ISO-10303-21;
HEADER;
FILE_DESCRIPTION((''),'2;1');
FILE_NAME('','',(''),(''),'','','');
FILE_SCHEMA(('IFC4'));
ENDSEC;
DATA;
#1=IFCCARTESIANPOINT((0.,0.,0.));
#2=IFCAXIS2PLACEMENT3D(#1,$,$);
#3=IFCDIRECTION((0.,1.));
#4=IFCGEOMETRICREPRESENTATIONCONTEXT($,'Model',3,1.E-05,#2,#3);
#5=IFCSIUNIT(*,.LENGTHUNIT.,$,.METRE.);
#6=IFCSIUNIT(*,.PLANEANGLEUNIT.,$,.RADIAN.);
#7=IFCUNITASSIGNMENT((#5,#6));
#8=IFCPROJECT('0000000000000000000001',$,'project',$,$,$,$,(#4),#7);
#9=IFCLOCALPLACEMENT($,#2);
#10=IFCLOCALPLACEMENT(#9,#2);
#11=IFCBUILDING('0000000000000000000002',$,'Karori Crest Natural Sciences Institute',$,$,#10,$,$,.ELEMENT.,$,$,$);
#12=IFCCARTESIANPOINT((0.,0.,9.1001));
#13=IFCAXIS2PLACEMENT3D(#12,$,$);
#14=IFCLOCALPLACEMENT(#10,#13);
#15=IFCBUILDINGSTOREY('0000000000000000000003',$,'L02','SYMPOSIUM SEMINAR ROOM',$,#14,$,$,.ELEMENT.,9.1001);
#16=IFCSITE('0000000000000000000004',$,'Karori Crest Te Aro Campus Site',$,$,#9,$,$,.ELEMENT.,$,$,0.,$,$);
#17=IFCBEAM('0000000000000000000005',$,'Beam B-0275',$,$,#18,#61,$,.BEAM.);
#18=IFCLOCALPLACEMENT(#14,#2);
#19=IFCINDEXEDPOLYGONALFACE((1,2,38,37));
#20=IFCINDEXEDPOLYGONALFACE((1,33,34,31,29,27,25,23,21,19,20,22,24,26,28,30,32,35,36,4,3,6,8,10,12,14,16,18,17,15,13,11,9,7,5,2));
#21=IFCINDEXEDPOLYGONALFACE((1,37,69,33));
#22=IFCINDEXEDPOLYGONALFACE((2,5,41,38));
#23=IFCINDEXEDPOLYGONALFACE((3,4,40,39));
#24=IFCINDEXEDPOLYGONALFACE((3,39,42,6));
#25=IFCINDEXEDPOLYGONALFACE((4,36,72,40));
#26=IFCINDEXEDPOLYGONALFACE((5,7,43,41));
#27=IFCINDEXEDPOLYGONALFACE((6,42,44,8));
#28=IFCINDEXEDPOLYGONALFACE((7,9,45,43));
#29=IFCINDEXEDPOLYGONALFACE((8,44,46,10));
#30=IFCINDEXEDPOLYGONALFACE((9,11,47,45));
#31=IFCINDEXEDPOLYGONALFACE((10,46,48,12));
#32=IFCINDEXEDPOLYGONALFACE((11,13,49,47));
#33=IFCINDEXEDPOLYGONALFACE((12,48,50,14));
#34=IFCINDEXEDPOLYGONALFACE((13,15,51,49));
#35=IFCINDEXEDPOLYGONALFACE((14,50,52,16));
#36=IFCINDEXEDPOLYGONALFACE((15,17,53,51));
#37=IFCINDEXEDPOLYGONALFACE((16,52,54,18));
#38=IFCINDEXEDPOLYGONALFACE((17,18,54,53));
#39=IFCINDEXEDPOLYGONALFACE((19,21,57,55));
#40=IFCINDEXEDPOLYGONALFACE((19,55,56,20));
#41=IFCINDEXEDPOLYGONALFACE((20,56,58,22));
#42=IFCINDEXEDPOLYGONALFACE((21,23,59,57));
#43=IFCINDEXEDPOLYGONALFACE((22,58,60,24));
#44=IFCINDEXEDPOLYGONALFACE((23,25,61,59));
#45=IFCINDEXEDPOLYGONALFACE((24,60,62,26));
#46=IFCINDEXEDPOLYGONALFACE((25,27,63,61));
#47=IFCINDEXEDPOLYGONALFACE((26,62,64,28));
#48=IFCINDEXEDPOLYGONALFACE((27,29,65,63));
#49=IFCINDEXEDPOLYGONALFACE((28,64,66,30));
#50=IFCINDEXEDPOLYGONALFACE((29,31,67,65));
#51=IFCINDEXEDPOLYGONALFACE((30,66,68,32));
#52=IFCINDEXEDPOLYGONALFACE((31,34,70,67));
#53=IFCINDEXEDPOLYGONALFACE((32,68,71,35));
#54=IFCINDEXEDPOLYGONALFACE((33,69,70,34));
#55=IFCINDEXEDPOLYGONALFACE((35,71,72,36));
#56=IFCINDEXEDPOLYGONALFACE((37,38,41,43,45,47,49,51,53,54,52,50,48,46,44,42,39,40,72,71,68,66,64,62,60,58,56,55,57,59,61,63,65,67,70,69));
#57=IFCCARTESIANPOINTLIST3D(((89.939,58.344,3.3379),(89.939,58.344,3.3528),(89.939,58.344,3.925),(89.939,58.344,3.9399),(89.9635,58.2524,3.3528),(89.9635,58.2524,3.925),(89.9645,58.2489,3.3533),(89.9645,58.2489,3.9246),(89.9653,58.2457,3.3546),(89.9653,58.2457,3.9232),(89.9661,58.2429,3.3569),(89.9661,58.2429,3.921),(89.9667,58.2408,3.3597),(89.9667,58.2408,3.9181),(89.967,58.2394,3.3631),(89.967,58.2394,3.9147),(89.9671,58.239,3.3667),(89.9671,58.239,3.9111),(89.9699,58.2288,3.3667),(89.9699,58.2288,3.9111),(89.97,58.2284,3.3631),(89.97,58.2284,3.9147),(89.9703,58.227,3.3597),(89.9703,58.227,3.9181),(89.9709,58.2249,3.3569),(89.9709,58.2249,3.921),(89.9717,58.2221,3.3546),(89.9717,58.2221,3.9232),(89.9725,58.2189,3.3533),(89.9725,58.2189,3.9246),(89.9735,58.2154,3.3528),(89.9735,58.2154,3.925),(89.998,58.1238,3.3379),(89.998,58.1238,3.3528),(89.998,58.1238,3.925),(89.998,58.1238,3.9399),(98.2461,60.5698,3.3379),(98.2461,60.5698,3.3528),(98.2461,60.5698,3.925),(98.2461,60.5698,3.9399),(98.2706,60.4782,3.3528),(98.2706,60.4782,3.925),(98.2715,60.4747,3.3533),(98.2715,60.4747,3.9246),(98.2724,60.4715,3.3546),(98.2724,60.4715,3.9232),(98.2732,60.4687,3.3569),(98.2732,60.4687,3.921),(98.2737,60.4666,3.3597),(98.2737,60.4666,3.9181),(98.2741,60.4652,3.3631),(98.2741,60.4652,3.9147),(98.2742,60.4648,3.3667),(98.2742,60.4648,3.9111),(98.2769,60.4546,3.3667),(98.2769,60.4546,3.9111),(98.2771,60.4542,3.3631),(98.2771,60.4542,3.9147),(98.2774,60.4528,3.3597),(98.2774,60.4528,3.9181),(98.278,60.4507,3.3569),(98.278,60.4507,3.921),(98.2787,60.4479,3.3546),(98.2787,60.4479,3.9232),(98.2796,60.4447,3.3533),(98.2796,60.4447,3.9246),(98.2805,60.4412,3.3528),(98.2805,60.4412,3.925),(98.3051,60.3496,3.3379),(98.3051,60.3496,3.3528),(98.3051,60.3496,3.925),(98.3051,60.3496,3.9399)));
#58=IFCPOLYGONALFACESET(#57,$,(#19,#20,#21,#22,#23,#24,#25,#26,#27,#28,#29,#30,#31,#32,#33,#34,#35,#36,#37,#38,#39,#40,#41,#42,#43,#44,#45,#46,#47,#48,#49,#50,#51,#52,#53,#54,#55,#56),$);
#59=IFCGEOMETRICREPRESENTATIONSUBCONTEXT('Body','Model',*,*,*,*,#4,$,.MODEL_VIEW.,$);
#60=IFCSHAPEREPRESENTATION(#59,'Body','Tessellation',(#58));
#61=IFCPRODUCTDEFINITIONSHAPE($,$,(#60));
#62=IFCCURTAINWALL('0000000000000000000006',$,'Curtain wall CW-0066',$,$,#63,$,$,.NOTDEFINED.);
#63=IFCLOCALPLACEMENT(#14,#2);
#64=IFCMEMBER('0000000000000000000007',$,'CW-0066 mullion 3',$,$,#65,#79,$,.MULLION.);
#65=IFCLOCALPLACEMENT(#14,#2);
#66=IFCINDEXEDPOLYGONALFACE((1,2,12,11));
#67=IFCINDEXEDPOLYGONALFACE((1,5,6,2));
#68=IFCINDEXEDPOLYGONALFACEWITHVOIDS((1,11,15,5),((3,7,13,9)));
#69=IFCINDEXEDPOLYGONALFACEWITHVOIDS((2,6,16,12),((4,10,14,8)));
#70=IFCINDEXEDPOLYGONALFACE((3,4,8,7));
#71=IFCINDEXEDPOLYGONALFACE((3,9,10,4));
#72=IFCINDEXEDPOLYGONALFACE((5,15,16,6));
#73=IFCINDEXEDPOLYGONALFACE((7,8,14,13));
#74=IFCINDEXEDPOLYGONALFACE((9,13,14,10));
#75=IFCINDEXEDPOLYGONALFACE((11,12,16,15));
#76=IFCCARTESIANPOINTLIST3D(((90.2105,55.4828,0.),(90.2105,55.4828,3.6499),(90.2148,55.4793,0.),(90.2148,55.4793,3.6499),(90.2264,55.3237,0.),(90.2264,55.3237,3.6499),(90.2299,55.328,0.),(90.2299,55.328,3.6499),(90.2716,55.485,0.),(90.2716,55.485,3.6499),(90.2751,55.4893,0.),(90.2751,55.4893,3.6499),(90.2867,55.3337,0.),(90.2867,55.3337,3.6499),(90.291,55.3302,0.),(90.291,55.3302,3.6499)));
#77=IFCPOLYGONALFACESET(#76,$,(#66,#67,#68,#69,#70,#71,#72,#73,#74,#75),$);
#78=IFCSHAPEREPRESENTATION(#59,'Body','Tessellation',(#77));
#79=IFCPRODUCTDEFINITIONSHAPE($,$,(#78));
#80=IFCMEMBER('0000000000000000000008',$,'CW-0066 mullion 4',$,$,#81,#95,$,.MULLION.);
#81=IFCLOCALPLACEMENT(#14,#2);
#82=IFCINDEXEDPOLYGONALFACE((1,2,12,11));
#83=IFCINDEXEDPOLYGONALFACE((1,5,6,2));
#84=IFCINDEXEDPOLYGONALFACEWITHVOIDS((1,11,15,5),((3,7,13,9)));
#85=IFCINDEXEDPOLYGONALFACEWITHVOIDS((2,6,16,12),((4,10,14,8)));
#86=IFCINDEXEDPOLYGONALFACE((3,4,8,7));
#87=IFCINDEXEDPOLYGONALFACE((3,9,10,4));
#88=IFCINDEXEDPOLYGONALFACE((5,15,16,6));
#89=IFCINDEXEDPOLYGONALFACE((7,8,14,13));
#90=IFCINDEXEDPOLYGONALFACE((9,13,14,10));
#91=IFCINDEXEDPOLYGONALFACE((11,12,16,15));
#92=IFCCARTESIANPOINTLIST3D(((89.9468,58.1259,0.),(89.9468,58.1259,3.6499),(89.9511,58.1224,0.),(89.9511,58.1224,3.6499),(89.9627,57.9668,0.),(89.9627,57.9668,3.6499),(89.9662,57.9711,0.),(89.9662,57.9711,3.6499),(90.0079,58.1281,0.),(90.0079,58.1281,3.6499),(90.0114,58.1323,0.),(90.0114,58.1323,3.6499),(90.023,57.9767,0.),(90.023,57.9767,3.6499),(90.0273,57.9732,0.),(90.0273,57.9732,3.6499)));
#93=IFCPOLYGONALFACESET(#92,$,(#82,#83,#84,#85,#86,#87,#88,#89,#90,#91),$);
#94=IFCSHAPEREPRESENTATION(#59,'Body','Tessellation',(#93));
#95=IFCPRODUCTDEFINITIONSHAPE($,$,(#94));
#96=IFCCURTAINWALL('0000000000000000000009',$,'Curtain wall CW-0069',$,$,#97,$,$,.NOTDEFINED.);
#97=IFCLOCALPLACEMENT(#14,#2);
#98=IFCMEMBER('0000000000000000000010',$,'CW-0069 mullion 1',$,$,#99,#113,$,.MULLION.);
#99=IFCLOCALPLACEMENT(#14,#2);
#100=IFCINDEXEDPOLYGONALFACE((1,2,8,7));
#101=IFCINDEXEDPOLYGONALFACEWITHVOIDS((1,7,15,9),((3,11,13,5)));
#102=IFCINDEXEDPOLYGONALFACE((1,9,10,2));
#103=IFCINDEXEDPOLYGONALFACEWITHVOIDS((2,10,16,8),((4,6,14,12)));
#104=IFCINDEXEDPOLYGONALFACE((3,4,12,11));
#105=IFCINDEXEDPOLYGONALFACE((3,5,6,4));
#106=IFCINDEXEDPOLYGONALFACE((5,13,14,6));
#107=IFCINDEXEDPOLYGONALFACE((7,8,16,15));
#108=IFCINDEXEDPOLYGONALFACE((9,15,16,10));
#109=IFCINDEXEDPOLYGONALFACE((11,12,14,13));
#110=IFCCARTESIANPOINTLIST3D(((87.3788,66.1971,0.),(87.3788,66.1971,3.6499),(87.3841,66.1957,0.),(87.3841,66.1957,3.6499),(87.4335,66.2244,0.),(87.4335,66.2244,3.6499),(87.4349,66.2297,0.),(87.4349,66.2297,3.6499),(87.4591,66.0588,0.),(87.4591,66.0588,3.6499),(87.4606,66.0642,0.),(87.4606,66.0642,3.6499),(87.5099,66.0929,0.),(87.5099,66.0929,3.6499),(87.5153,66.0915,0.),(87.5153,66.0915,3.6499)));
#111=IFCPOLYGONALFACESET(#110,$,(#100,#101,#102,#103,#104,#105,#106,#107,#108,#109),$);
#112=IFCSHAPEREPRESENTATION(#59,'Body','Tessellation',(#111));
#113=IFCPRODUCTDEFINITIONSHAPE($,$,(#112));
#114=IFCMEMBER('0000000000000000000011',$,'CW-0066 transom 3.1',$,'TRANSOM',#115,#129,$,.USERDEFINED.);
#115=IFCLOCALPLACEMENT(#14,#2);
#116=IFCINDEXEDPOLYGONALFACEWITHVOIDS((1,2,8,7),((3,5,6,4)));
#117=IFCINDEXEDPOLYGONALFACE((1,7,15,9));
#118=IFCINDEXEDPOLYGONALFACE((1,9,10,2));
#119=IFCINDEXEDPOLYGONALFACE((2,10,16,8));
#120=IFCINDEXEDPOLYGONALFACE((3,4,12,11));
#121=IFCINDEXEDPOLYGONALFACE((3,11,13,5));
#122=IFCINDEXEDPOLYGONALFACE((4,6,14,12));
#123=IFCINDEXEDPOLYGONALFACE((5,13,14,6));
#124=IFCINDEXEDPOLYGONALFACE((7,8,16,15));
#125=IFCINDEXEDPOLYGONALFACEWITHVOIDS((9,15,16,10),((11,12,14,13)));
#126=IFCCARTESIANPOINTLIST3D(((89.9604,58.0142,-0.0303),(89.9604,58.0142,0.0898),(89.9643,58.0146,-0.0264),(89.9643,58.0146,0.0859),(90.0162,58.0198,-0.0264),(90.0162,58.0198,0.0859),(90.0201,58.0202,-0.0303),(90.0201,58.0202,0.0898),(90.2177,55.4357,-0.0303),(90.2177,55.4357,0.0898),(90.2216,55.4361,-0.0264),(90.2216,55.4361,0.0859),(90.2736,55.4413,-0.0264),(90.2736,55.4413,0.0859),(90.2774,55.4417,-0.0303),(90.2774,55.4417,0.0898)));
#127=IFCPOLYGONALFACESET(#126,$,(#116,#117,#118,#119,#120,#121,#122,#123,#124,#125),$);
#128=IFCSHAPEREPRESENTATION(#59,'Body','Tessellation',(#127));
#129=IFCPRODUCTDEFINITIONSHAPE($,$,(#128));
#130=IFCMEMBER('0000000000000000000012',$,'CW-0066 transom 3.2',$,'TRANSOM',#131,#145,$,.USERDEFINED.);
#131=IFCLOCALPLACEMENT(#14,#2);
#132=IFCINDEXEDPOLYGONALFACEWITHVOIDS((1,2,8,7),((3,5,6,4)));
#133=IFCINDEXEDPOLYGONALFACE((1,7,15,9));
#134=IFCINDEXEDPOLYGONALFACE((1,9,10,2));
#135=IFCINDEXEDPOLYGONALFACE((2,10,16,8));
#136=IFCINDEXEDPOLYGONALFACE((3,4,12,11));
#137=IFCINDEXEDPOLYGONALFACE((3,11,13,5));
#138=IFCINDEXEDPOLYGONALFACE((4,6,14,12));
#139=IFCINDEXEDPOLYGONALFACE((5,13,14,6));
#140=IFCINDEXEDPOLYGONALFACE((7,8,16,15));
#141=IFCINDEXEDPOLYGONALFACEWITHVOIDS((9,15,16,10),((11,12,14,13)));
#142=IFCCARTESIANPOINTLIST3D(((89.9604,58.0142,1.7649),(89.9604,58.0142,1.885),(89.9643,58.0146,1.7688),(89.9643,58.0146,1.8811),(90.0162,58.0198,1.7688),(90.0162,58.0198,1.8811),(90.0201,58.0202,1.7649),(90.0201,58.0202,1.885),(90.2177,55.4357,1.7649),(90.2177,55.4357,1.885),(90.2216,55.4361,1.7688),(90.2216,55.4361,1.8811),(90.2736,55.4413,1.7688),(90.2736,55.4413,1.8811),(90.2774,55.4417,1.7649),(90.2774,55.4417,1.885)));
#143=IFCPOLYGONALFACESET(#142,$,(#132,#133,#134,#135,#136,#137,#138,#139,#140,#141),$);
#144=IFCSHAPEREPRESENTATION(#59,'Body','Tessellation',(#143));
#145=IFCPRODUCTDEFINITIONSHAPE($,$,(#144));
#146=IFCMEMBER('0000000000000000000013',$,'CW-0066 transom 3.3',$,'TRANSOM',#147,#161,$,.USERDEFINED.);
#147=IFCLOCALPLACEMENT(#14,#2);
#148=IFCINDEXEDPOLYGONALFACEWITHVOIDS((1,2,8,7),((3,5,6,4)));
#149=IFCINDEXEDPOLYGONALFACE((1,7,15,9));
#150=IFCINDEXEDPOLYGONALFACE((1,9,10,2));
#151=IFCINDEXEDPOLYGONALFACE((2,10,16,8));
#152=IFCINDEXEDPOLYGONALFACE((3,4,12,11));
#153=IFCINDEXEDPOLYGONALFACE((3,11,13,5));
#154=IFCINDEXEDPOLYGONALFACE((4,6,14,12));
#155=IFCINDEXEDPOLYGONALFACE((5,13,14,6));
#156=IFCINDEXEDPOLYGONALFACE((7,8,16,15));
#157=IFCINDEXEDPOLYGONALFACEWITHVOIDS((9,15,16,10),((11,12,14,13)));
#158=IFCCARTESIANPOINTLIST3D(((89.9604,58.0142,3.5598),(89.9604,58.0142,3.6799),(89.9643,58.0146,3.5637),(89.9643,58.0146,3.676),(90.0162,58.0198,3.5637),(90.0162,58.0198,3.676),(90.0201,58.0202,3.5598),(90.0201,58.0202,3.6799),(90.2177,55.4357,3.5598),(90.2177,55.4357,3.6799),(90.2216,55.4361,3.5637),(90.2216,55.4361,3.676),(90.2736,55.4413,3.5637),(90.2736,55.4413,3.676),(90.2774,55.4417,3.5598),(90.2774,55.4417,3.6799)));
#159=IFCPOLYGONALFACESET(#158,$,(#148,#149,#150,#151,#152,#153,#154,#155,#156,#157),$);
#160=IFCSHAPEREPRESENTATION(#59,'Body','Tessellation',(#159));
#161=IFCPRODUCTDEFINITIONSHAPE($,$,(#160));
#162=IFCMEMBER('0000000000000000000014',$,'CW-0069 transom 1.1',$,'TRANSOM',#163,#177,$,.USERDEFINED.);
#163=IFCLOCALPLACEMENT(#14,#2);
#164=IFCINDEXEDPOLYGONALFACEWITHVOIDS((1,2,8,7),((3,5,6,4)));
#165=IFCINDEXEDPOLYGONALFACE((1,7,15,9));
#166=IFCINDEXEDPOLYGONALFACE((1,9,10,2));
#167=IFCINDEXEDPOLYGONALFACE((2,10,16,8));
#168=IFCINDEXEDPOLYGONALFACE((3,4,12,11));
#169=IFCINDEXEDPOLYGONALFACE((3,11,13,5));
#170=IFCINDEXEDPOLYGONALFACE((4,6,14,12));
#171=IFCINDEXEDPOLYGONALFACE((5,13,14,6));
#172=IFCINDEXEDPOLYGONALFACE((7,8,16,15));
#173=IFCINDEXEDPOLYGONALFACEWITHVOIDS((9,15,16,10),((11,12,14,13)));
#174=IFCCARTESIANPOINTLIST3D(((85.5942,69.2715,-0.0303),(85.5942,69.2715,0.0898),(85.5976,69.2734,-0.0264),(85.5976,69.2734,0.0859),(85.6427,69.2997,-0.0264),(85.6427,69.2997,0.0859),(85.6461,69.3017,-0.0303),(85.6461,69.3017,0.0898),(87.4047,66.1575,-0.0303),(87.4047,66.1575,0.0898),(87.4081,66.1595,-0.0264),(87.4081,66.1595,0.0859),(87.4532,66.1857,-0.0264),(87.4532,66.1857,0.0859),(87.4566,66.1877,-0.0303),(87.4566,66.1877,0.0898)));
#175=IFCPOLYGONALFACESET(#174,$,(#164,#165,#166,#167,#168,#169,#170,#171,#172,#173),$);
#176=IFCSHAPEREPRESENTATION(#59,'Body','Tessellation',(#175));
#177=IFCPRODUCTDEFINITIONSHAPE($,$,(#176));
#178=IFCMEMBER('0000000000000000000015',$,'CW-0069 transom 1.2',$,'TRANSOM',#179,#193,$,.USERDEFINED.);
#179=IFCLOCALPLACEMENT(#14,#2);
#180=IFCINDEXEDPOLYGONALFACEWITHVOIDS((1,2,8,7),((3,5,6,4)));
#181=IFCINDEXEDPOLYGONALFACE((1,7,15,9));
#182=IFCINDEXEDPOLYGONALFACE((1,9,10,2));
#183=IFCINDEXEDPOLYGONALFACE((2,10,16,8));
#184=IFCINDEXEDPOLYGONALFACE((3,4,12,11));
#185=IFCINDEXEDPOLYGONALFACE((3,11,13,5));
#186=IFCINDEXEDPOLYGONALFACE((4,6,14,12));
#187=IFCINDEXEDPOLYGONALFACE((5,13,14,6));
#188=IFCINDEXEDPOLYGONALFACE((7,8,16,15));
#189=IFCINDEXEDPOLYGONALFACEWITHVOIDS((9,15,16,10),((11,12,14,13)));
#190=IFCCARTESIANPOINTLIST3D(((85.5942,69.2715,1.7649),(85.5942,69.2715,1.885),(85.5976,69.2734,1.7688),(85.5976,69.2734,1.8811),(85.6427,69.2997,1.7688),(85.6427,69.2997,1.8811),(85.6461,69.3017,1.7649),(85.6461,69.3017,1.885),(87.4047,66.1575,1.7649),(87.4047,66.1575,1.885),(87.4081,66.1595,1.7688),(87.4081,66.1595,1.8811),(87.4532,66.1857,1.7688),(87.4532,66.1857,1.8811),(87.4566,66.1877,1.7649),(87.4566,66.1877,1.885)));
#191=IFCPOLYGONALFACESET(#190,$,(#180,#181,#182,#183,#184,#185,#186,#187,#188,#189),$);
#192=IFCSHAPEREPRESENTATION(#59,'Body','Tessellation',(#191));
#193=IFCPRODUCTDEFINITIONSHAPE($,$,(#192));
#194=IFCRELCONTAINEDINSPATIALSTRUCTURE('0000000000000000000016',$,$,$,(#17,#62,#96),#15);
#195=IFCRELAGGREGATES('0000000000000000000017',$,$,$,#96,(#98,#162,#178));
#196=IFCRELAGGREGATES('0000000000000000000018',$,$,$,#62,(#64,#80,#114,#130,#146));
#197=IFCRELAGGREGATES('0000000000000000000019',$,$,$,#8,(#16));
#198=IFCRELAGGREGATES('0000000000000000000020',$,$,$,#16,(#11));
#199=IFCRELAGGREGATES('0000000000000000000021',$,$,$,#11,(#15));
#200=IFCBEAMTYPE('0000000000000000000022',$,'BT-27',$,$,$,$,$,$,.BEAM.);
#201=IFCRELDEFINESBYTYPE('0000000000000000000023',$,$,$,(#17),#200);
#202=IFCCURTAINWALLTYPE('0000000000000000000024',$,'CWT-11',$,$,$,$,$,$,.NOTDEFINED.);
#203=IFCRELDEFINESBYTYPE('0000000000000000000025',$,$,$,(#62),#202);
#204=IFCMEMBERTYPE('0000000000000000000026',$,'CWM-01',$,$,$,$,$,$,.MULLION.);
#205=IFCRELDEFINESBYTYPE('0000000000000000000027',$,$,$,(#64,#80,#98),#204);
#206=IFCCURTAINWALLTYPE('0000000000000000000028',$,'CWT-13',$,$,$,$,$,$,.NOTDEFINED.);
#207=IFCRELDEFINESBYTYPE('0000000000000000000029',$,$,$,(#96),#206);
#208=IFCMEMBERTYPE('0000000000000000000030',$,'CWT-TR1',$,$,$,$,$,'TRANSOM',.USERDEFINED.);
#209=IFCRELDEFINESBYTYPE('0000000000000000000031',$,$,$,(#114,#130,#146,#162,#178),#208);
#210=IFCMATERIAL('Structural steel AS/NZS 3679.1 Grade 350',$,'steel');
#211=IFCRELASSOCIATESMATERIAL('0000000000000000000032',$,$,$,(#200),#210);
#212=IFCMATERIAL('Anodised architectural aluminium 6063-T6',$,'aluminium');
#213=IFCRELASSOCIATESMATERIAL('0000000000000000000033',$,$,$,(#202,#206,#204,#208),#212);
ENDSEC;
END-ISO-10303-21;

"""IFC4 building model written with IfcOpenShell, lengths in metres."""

from ifc_helpers import new_model, si_unit, direction, frame, origin, origin_2d, place, context, subcontext, project, spatial, hollow_rectangle, i_section, extrude, material, material_profile, profile_set, type_object, element, aggregate, save


model = new_model("IFC4")

# Units and contexts
model_context = context("Model", 3, precision=1e-05, world=origin(), true_north=direction((0.0, 1.0)))
body_context = subcontext(model_context, "Body", "Model", "MODEL_VIEW")
ifc_project = project(units=[si_unit("LENGTHUNIT", "METRE"), si_unit("PLANEANGLEUNIT", "RADIAN")], contexts=[model_context])

# Site, building, storey
site_placement = place(None, origin())
site = spatial("IfcSite", under=ifc_project, at=site_placement, Name="Karori Crest Te Aro Campus Site", CompositionType="ELEMENT", RefElevation=0.0)
building_placement = place(site_placement, origin())
building = spatial("IfcBuilding", under=site, at=building_placement, Name="Karori Crest Natural Sciences Institute", CompositionType="ELEMENT")
storey_placement = place(building_placement, frame((0.0, 0.0, 9.1001)))
storey = spatial("IfcBuildingStorey", under=building, at=storey_placement, Name="L02", Description="SYMPOSIUM SEMINAR ROOM", CompositionType="ELEMENT", Elevation=9.1001)

# Shared definitions
ifc_material_1 = material(Name="Structural steel AS/NZS 3679.1 Grade 350", Category="steel")

# Beam
ifc_material_profile_1 = material_profile(ifc_material_1, i_section(OverallWidth=0.228, OverallDepth=0.6021, WebThickness=0.0105, FlangeThickness=0.0149, FilletRadius=0.0139, at=origin_2d()), Name="610UB101")
ifc_profile_set_1 = profile_set([ifc_material_profile_1], Name="Structural steel AS/NZS 3679.1 Grade 350")
beam_type_1 = type_object("IfcBeamType", Name="BT-27", PredefinedType="BEAM", material=ifc_profile_set_1)
beam_1_placement = place(storey_placement, frame((89.9685, 58.2339, 3.6389), z_axis=(0.965928, 0.258813, 0.0), x_axis=(-0.258813, 0.965928, 0.0)))
element("IfcBeam", 1, at=beam_1_placement, inside=storey, type_object=beam_type_1, Name="Beam B-0275", PredefinedType="BEAM", context=body_context, shape_type="SweptSolid", body=[
    extrude(i_section(OverallWidth=0.228, OverallDepth=0.6021, WebThickness=0.0105, FlangeThickness=0.0149, FilletRadius=0.0139, at=origin_2d()), origin(), (0.0, 0.0, 1.0), 8.6001),
])

# Curtain wall, members
ifc_material_2 = material(Name="Anodised architectural aluminium 6063-T6", Category="aluminium")
curtain_wall_type_1 = type_object("IfcCurtainWallType", Name="CWT-11", PredefinedType="NOTDEFINED", material=ifc_material_2)
curtain_wall_1_placement = place(storey_placement, origin())
curtain_wall_1 = element("IfcCurtainWall", 2, at=curtain_wall_1_placement, inside=storey, type_object=curtain_wall_type_1, Name="Curtain wall CW-0066", PredefinedType="NOTDEFINED")
ifc_material_profile_2 = material_profile(ifc_material_2, hollow_rectangle(XDim=0.0649, YDim=0.1599, WallThickness=0.0039, at=origin_2d()), Name="CWM160x65x4")
ifc_profile_set_2 = profile_set([ifc_material_profile_2], Name="Anodised architectural aluminium 6063-T6")
member_type_1 = type_object("IfcMemberType", Name="CWM-01", PredefinedType="MULLION", material=ifc_profile_set_2)
member_1_placement = place(storey_placement, frame((90.2507, 55.4065, 0.0), z_axis=(0.0, 0.0, 1.0), x_axis=(-0.995061, -0.099264, 0.0)))
member_1 = element("IfcMember", 3, at=member_1_placement, type_object=member_type_1, Name="CW-0066 mullion 3", PredefinedType="MULLION", context=body_context, shape_type="SweptSolid", body=[
    extrude(hollow_rectangle(XDim=0.0649, YDim=0.1599, WallThickness=0.0039, at=origin_2d()), origin(), (0.0, 0.0, 1.0), 3.6499),
])
member_2_placement = place(storey_placement, frame((89.9871, 58.0496, 0.0), z_axis=(0.0, 0.0, 1.0), x_axis=(-0.995061, -0.099264, 0.0)))
member_2 = element("IfcMember", 4, at=member_2_placement, type_object=member_type_1, Name="CW-0066 mullion 4", PredefinedType="MULLION", context=body_context, shape_type="SweptSolid", body=[
    extrude(hollow_rectangle(XDim=0.0649, YDim=0.1599, WallThickness=0.0039, at=origin_2d()), origin(), (0.0, 0.0, 1.0), 3.6499),
])

# Curtain wall, member
curtain_wall_type_2 = type_object("IfcCurtainWallType", Name="CWT-13", PredefinedType="NOTDEFINED", material=ifc_material_2)
curtain_wall_2_placement = place(storey_placement, origin())
curtain_wall_2 = element("IfcCurtainWall", 5, at=curtain_wall_2_placement, inside=storey, type_object=curtain_wall_type_2, Name="Curtain wall CW-0069", PredefinedType="NOTDEFINED")
member_3_placement = place(storey_placement, frame((87.447, 66.1443, 0.0), z_axis=(0.0, 0.0, 1.0), x_axis=(-0.864484, -0.50266, 0.0)))
member_3 = element("IfcMember", 6, at=member_3_placement, type_object=member_type_1, Name="CW-0069 mullion 1", PredefinedType="MULLION", context=body_context, shape_type="SweptSolid", body=[
    extrude(hollow_rectangle(XDim=0.0649, YDim=0.1599, WallThickness=0.0039, at=origin_2d()), origin(), (0.0, 0.0, 1.0), 3.6499),
])

# Members
ifc_material_profile_3 = material_profile(ifc_material_2, hollow_rectangle(XDim=0.0601, YDim=0.1201, WallThickness=0.0039, at=origin_2d()), Name="CWT120x60x4")
ifc_profile_set_3 = profile_set([ifc_material_profile_3], Name="Anodised architectural aluminium 6063-T6")
member_type_2 = type_object("IfcMemberType", Name="CWT-TR1", ElementType="TRANSOM", PredefinedType="USERDEFINED", material=ifc_profile_set_3)
member_4_placement = place(storey_placement, frame((90.2476, 55.4387, 0.0298), z_axis=(-0.099299, 0.995058, 0.0), x_axis=(-0.995058, -0.099299, 0.0)))
member_4 = element("IfcMember", 7, at=member_4_placement, type_object=member_type_2, Name="CW-0066 transom 3.1", ObjectType="TRANSOM", PredefinedType="USERDEFINED", context=body_context, shape_type="SweptSolid", body=[
    extrude(hollow_rectangle(XDim=0.0601, YDim=0.1201, WallThickness=0.0039, at=origin_2d()), origin(), (0.0, 0.0, 1.0), 2.5913),
])
member_5_placement = place(storey_placement, frame((90.2476, 55.4387, 1.825), z_axis=(-0.099299, 0.995058, 0.0), x_axis=(-0.995058, -0.099299, 0.0)))
member_5 = element("IfcMember", 8, at=member_5_placement, type_object=member_type_2, Name="CW-0066 transom 3.2", ObjectType="TRANSOM", PredefinedType="USERDEFINED", context=body_context, shape_type="SweptSolid", body=[
    extrude(hollow_rectangle(XDim=0.0601, YDim=0.1201, WallThickness=0.0039, at=origin_2d()), origin(), (0.0, 0.0, 1.0), 2.5913),
])
member_6_placement = place(storey_placement, frame((90.2476, 55.4387, 3.6199), z_axis=(-0.099299, 0.995058, 0.0), x_axis=(-0.995058, -0.099299, 0.0)))
member_6 = element("IfcMember", 9, at=member_6_placement, type_object=member_type_2, Name="CW-0066 transom 3.3", ObjectType="TRANSOM", PredefinedType="USERDEFINED", context=body_context, shape_type="SweptSolid", body=[
    extrude(hollow_rectangle(XDim=0.0601, YDim=0.1201, WallThickness=0.0039, at=origin_2d()), origin(), (0.0, 0.0, 1.0), 2.5913),
])
member_7_placement = place(storey_placement, frame((87.4307, 66.1726, 0.0298), z_axis=(-0.502636, 0.864498, 0.0), x_axis=(-0.864498, -0.502636, 0.0)))
member_7 = element("IfcMember", 10, at=member_7_placement, type_object=member_type_2, Name="CW-0069 transom 1.1", ObjectType="TRANSOM", PredefinedType="USERDEFINED", context=body_context, shape_type="SweptSolid", body=[
    extrude(hollow_rectangle(XDim=0.0601, YDim=0.1201, WallThickness=0.0039, at=origin_2d()), origin(), (0.0, 0.0, 1.0), 3.6021),
])
member_8_placement = place(storey_placement, frame((87.4307, 66.1726, 1.825), z_axis=(-0.502636, 0.864498, 0.0), x_axis=(-0.864498, -0.502636, 0.0)))
member_8 = element("IfcMember", 11, at=member_8_placement, type_object=member_type_2, Name="CW-0069 transom 1.2", ObjectType="TRANSOM", PredefinedType="USERDEFINED", context=body_context, shape_type="SweptSolid", body=[
    extrude(hollow_rectangle(XDim=0.0601, YDim=0.1201, WallThickness=0.0039, at=origin_2d()), origin(), (0.0, 0.0, 1.0), 3.6021),
])
aggregate(curtain_wall_2, [member_3, member_7, member_8])

aggregate(curtain_wall_1, [member_1, member_2, member_4, member_5, member_6])

save(model, "model.ifc")
